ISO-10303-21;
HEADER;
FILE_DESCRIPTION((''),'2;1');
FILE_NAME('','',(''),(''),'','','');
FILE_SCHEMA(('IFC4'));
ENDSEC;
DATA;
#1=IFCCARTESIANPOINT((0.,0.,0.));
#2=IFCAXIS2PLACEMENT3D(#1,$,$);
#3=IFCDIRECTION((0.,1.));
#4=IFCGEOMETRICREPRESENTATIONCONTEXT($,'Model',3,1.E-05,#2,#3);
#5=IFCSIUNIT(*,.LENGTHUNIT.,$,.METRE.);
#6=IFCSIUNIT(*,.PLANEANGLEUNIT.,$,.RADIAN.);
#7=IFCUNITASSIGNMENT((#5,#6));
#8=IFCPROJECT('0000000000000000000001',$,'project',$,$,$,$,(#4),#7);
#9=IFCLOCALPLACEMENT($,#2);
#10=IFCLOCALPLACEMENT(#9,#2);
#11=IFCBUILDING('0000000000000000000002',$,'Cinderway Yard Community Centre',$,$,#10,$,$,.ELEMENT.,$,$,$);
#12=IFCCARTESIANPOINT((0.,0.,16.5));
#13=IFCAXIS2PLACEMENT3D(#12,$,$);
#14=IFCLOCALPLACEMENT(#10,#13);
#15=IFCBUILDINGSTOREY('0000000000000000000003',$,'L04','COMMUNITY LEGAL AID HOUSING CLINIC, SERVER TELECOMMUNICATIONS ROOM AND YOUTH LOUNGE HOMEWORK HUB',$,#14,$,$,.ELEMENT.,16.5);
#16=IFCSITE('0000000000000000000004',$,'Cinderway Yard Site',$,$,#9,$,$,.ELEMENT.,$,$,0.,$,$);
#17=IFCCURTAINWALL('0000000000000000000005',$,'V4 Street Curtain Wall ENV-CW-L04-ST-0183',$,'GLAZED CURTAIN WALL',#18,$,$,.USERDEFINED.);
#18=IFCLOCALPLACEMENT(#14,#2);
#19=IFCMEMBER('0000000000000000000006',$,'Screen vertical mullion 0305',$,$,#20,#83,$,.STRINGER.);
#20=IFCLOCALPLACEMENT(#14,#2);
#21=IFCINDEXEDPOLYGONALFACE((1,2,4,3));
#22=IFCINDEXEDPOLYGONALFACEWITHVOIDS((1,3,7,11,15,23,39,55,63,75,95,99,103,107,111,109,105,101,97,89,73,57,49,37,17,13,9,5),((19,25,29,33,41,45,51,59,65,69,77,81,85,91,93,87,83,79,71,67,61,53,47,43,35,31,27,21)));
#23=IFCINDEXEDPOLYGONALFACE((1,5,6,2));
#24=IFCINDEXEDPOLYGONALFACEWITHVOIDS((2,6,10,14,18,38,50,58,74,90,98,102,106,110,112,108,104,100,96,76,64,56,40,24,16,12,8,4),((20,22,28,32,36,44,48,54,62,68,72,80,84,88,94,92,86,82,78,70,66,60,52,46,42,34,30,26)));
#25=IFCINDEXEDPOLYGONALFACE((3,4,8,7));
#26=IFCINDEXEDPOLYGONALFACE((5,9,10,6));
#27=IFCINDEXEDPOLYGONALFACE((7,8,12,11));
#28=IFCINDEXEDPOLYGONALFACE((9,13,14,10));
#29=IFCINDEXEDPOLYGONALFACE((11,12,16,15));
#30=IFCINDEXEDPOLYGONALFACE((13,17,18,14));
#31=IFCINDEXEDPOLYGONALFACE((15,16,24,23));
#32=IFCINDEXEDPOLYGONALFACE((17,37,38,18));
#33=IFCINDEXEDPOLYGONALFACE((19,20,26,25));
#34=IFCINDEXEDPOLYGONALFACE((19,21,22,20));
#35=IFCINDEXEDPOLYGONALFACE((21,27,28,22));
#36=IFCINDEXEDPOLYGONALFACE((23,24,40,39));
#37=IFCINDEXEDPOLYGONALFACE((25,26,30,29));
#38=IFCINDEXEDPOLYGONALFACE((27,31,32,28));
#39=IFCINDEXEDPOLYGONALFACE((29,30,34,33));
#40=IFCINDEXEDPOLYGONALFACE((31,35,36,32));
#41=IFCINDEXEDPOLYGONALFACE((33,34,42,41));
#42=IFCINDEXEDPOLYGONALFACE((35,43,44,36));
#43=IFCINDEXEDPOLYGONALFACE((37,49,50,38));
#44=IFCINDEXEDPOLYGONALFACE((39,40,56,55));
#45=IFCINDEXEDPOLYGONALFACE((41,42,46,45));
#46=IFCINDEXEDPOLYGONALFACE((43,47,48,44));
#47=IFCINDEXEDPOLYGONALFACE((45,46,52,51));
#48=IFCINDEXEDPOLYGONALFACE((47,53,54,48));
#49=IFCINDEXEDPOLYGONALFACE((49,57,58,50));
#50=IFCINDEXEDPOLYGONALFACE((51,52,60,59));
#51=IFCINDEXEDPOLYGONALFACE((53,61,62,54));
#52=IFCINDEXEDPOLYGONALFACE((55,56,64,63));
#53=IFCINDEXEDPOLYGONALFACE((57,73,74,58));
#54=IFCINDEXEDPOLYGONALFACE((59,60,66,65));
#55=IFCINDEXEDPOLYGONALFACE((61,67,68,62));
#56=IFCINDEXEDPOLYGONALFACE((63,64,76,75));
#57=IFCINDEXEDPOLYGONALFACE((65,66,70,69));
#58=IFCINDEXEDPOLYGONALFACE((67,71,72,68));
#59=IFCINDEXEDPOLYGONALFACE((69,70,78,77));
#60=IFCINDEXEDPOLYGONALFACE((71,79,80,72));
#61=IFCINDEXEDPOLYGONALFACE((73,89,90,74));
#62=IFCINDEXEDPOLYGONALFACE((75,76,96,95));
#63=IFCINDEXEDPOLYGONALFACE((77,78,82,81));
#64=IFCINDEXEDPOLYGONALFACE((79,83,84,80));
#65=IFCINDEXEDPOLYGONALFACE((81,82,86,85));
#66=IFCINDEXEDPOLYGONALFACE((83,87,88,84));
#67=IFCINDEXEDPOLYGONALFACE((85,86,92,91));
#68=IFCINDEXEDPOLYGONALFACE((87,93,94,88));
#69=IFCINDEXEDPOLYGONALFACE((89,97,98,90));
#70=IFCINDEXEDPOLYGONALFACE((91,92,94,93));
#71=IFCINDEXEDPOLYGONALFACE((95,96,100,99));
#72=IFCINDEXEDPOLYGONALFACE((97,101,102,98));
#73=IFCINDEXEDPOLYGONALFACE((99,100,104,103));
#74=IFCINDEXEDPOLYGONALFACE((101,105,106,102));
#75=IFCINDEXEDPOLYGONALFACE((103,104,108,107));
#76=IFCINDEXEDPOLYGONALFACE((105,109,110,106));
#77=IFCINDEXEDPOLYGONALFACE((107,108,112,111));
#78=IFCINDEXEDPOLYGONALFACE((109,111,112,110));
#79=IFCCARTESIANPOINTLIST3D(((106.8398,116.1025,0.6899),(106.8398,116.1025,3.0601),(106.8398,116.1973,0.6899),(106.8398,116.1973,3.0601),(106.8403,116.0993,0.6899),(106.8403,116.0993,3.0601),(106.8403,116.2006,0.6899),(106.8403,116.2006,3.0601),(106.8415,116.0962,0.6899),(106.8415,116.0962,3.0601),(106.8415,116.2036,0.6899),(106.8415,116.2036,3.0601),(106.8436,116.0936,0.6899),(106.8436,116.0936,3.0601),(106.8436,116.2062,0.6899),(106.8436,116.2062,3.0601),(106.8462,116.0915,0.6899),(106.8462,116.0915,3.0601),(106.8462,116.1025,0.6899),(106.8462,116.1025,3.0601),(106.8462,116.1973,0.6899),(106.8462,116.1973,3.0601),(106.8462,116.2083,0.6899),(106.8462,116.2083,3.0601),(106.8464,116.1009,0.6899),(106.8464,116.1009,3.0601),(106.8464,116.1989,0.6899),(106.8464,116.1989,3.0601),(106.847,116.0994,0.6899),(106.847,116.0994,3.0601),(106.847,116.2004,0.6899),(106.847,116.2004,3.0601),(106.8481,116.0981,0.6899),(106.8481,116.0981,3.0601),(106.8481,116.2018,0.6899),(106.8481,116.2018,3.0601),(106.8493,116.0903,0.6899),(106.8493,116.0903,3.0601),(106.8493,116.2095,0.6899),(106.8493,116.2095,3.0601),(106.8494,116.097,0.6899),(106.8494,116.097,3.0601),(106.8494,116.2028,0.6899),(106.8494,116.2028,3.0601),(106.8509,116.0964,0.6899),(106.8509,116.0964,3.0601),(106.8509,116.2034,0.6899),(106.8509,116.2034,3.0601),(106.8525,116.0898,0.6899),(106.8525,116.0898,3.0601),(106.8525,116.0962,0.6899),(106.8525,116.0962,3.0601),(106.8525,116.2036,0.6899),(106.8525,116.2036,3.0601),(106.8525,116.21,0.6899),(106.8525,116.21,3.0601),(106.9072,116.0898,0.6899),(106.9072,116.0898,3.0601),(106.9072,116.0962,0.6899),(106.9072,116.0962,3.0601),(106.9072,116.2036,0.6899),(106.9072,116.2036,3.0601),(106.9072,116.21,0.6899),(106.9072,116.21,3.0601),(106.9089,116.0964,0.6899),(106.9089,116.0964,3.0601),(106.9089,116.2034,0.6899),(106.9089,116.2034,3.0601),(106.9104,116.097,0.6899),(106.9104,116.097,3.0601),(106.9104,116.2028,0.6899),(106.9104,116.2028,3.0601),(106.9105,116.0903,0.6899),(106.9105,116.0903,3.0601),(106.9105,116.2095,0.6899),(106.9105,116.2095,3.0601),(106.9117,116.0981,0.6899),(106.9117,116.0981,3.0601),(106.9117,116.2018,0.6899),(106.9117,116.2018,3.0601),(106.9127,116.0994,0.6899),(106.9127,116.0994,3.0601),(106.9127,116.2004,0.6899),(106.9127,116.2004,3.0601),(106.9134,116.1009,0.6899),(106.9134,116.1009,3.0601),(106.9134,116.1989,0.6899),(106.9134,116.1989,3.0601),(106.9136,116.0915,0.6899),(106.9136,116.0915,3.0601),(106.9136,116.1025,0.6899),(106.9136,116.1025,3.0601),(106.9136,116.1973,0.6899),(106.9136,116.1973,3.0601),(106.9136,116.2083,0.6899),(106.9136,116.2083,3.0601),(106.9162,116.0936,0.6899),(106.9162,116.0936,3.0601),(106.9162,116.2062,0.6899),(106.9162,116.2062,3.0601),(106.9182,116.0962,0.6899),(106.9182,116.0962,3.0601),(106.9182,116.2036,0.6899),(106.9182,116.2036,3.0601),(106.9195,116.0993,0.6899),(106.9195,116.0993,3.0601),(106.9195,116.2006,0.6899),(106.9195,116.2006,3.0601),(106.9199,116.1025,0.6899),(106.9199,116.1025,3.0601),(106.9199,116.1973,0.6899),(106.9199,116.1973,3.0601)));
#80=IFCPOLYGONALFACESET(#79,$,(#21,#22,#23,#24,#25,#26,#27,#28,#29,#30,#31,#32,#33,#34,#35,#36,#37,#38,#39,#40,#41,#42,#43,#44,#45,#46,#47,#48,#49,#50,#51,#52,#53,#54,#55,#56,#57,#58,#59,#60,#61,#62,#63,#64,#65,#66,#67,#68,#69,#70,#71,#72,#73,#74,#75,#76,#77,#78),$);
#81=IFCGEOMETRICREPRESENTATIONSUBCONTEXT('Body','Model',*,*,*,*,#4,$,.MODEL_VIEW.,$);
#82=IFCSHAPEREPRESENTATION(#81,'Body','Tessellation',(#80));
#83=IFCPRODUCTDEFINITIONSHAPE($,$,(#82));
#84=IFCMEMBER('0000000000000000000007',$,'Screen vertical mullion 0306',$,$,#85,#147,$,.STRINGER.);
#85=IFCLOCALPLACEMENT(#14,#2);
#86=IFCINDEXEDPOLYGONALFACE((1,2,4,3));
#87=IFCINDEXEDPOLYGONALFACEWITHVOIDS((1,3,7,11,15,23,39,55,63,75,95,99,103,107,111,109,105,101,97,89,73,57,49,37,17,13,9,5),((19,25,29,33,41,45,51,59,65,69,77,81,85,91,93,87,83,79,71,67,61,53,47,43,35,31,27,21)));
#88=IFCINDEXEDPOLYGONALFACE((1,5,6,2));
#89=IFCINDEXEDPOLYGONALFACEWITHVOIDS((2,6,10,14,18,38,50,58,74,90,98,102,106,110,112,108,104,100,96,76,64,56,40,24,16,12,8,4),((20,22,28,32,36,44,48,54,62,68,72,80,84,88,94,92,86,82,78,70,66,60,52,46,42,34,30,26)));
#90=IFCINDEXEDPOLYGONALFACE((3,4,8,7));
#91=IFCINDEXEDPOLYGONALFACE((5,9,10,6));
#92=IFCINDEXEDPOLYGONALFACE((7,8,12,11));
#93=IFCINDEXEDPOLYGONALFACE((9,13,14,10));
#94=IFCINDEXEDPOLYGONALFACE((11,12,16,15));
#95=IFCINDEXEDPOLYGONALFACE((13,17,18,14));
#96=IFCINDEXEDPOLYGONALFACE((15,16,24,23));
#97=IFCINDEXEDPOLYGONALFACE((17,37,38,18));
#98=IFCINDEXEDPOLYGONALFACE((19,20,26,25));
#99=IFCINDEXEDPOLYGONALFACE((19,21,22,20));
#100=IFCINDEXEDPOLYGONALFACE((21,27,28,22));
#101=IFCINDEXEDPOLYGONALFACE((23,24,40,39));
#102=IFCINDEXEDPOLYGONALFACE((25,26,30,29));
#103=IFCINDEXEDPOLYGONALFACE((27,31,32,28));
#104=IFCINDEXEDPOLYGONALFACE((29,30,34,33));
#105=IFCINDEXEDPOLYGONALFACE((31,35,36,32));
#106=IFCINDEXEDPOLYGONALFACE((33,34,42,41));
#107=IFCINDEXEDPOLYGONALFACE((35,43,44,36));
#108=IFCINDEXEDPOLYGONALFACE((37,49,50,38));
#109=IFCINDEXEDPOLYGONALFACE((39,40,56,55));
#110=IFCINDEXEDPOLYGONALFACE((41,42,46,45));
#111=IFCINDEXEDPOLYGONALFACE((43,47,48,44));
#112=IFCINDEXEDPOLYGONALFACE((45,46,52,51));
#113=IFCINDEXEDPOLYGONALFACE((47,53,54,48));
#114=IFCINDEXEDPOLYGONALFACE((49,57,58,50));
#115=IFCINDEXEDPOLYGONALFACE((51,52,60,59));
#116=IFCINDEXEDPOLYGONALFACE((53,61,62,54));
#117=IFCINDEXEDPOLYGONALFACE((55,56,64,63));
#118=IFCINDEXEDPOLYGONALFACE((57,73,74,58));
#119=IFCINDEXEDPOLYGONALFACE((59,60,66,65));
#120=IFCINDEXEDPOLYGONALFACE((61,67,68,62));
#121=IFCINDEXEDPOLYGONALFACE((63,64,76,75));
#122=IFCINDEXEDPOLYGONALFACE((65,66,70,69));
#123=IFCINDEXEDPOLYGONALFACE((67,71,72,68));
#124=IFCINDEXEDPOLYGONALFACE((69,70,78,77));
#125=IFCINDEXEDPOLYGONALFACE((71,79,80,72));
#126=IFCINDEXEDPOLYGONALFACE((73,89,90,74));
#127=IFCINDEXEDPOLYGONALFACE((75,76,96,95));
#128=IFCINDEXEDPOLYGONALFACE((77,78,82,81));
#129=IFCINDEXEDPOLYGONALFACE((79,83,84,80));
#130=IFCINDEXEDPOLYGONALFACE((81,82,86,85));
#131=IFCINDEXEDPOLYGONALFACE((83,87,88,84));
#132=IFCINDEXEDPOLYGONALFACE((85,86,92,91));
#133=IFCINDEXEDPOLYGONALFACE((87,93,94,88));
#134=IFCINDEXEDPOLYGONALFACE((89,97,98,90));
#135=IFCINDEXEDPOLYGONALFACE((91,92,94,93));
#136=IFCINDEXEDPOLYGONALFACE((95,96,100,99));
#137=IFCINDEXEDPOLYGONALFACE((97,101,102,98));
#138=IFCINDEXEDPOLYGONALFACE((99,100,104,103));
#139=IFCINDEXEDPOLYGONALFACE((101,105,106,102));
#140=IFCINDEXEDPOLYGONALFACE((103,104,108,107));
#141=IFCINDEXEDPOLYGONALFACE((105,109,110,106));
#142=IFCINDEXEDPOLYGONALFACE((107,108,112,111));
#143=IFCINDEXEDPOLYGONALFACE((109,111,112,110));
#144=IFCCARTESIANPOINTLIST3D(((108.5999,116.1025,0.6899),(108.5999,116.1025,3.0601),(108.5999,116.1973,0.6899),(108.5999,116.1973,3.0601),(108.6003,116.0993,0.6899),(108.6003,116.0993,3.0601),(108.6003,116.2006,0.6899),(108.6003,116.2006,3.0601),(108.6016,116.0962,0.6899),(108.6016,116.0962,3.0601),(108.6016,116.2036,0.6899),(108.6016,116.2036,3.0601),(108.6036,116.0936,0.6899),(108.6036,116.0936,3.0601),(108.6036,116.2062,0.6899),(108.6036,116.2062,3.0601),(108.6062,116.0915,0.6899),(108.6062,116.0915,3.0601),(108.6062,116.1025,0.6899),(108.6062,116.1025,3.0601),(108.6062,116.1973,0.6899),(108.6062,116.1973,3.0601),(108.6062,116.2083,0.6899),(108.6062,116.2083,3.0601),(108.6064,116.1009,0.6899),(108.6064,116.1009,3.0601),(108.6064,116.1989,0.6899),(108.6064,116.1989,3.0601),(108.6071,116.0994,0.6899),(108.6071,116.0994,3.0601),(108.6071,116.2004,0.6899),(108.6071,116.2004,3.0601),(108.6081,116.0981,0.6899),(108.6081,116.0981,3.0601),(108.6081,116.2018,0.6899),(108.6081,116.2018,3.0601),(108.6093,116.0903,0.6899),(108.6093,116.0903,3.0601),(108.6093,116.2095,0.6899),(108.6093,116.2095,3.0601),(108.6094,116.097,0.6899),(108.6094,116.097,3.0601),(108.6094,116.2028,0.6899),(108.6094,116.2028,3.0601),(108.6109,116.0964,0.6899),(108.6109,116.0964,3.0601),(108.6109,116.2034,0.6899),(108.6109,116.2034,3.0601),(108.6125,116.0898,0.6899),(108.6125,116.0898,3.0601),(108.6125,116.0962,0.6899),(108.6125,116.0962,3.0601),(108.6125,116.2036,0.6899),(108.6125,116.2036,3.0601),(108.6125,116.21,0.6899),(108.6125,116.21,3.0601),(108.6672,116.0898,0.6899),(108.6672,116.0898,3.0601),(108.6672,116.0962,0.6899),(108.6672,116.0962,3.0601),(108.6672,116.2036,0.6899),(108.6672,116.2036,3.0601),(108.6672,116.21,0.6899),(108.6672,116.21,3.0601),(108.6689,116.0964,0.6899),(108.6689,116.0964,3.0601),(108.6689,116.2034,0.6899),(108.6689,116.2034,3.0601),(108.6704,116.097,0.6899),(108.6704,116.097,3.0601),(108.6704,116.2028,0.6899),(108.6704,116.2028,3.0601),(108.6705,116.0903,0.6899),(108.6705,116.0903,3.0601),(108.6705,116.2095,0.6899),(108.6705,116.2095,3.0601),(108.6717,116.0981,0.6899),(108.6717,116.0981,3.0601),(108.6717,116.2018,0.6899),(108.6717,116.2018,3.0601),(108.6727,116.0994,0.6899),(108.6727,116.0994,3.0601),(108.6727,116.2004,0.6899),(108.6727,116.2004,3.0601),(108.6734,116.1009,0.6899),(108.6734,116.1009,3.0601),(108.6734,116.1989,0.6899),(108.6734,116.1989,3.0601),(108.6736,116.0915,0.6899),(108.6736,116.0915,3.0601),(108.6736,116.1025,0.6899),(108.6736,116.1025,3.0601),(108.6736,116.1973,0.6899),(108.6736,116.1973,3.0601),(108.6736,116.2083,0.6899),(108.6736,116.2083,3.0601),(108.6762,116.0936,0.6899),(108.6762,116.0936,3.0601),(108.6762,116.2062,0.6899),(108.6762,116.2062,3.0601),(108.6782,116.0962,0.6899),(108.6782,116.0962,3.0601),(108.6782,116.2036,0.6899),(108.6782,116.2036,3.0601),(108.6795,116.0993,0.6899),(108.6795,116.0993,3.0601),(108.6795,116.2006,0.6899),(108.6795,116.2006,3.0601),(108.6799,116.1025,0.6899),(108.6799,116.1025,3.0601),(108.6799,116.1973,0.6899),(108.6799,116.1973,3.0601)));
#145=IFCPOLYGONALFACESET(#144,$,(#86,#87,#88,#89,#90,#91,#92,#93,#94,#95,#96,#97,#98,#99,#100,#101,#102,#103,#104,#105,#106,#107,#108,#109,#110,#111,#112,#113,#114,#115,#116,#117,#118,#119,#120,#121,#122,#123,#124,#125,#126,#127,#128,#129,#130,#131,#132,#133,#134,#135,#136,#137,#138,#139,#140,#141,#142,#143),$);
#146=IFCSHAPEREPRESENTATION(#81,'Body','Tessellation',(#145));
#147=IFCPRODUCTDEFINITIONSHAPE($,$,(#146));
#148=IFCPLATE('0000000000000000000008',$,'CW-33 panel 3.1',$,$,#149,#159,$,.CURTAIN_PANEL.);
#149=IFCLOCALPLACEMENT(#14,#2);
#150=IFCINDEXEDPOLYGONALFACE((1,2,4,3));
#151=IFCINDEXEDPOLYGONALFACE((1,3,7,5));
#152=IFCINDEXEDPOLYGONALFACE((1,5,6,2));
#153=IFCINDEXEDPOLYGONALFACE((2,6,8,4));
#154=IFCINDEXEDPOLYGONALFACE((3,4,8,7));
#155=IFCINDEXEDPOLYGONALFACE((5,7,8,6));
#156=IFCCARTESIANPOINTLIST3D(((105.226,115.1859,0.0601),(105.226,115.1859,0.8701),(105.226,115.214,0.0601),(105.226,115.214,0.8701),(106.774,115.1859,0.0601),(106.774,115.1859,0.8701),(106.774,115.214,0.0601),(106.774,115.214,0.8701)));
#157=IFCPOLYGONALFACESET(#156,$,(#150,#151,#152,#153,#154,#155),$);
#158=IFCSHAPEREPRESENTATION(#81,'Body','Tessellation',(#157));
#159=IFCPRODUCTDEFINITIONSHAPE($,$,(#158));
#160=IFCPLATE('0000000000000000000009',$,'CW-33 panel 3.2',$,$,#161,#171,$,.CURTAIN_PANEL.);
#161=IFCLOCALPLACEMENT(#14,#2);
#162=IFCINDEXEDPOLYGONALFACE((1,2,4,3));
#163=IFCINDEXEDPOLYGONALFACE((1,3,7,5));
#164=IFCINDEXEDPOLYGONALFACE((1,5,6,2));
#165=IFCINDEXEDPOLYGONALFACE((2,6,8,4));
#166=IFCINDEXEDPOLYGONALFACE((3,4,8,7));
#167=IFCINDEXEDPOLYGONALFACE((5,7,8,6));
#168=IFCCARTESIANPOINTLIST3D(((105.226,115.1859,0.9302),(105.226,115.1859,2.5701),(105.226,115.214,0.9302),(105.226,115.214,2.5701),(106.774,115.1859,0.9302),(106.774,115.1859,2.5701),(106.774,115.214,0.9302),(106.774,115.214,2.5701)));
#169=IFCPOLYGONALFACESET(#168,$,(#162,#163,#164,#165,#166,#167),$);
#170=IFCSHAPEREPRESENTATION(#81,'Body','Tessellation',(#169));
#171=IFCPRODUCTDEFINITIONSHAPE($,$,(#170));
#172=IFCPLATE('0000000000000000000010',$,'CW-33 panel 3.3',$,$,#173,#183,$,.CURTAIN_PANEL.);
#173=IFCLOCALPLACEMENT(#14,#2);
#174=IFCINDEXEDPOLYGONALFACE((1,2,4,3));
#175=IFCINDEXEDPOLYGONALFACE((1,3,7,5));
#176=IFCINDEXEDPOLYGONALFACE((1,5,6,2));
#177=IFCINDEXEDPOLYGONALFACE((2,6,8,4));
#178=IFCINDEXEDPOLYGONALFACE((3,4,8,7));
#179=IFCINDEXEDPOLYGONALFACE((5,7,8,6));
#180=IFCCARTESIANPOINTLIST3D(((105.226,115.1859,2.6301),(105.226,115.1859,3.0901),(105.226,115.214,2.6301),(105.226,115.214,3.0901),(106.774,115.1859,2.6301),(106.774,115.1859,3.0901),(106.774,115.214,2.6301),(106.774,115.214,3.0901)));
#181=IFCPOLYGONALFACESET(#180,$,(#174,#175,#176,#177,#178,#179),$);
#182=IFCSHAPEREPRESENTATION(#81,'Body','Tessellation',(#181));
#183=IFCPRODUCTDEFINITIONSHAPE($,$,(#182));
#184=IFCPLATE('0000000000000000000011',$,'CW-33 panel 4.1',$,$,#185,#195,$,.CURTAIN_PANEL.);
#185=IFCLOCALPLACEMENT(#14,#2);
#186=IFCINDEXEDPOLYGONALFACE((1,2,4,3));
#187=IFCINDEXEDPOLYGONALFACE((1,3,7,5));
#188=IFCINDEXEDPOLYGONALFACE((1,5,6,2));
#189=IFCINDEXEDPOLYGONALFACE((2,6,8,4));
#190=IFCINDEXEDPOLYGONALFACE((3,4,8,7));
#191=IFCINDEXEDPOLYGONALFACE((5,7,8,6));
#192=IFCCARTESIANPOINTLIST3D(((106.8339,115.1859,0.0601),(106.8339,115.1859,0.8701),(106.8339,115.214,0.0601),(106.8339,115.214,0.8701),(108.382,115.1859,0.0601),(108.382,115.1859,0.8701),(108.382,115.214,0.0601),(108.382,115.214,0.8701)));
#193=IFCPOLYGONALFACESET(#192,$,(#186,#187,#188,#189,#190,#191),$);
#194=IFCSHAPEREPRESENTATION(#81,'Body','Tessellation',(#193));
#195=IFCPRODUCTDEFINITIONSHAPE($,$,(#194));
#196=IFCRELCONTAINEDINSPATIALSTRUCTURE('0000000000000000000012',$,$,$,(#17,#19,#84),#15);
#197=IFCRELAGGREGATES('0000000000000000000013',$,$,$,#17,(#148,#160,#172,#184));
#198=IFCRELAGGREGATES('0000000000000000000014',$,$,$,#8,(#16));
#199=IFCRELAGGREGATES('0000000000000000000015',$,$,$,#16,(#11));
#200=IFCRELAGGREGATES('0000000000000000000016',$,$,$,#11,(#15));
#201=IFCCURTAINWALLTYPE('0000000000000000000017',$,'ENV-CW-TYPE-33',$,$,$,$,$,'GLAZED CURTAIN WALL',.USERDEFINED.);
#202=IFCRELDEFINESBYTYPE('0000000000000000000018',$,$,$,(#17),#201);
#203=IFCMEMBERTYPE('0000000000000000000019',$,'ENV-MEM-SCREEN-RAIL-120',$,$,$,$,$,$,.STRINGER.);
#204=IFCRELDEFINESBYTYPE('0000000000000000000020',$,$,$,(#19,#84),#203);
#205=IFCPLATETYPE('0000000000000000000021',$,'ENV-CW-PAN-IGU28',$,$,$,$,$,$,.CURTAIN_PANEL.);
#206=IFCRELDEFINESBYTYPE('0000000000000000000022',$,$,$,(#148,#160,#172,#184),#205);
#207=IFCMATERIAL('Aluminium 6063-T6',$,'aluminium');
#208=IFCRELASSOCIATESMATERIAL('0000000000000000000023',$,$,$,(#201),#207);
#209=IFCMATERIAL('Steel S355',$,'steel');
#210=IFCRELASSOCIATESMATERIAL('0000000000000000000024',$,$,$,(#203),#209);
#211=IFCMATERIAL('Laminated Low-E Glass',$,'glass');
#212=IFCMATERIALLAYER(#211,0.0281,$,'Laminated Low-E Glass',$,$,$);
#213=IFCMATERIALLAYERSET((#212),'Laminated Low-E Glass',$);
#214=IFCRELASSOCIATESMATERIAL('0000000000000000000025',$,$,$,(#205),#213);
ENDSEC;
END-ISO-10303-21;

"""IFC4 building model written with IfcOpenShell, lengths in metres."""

from ifc_helpers import new_model, si_unit, direction, frame, origin, origin_2d, place, context, subcontext, project, spatial, rectangle, hollow_rectangle, extrude, material, layer, layer_set, material_profile, profile_set, type_object, element, aggregate, save


model = new_model("IFC4")

# Units and contexts
model_context = context("Model", 3, precision=1e-05, world=origin(), true_north=direction((0.0, 1.0)))
body_context = subcontext(model_context, "Body", "Model", "MODEL_VIEW")
ifc_project = project(units=[si_unit("LENGTHUNIT", "METRE"), si_unit("PLANEANGLEUNIT", "RADIAN")], contexts=[model_context])

# Site, building, storey
site_placement = place(None, origin())
site = spatial("IfcSite", under=ifc_project, at=site_placement, Name="Cinderway Yard Site", CompositionType="ELEMENT", RefElevation=0.0)
building_placement = place(site_placement, origin())
building = spatial("IfcBuilding", under=site, at=building_placement, Name="Cinderway Yard Community Centre", CompositionType="ELEMENT")
storey_placement = place(building_placement, frame((0.0, 0.0, 16.5)))
storey = spatial("IfcBuildingStorey", under=building, at=storey_placement, Name="L04", Description="COMMUNITY LEGAL AID HOUSING CLINIC, SERVER TELECOMMUNICATIONS ROOM AND YOUTH LOUNGE HOMEWORK HUB", CompositionType="ELEMENT", Elevation=16.5)

# Curtain wall
ifc_material_1 = material(Name="Aluminium 6063-T6", Category="aluminium")
curtain_wall_type = type_object("IfcCurtainWallType", Name="ENV-CW-TYPE-33", ElementType="GLAZED CURTAIN WALL", PredefinedType="USERDEFINED", material=ifc_material_1)
curtain_wall_placement = place(storey_placement, origin())
curtain_wall = element("IfcCurtainWall", 1, at=curtain_wall_placement, inside=storey, type_object=curtain_wall_type, Name="V4 Street Curtain Wall ENV-CW-L04-ST-0183", ObjectType="GLAZED CURTAIN WALL", PredefinedType="USERDEFINED")

# Members
ifc_material_2 = material(Name="Steel S355", Category="steel")
ifc_material_profile_1 = material_profile(ifc_material_2, hollow_rectangle(XDim=0.0801, YDim=0.1201, WallThickness=0.0063, InnerFilletRadius=0.0063, OuterFilletRadius=0.0127, at=origin_2d()), Name="Steel S355")
ifc_profile_set_1 = profile_set([ifc_material_profile_1], Name="Steel S355")
member_type_1 = type_object("IfcMemberType", Name="ENV-MEM-SCREEN-RAIL-120", PredefinedType="STRINGER", material=ifc_profile_set_1)
for number, where, z_axis, x_axis, name in (
    (2, (106.8799, 116.1499, 0.6899), (0.0, 0.0, 1.0), (1.0, 0.0, 0.0), "Screen vertical mullion 0305"),
    (3, (108.6399, 116.1499, 0.6899), (0.0, 0.0, 1.0), (1.0, 0.0, 0.0), "Screen vertical mullion 0306"),
):
    element("IfcMember", number, at=place(storey_placement, frame(where, z_axis=z_axis, x_axis=x_axis)), inside=storey, type_object=member_type_1, Name=name, PredefinedType="STRINGER", context=body_context, shape_type="SweptSolid", body=[
        extrude(hollow_rectangle(XDim=0.0801, YDim=0.1201, WallThickness=0.0063, InnerFilletRadius=0.0063, OuterFilletRadius=0.0127, at=origin_2d()), origin(), (0.0, 0.0, 1.0), 2.3701),
    ])

# Plates
ifc_material_3 = material(Name="Laminated Low-E Glass", Category="glass")
ifc_layer_1 = layer(ifc_material_3, 0.0281, Name="Laminated Low-E Glass")
ifc_layer_set_1 = layer_set([ifc_layer_1], Name="Laminated Low-E Glass")
plate_type_1 = type_object("IfcPlateType", Name="ENV-CW-PAN-IGU28", PredefinedType="CURTAIN_PANEL", material=ifc_layer_set_1)
plate_1_placement = place(storey_placement, frame((106.0, 115.2, 0.0601), z_axis=(0.0, 0.0, 1.0), x_axis=(1.0, 0.0, 0.0)))
plate_1 = element("IfcPlate", 4, at=plate_1_placement, type_object=plate_type_1, Name="CW-33 panel 3.1", PredefinedType="CURTAIN_PANEL", context=body_context, shape_type="SweptSolid", body=[
    extrude(rectangle(XDim=1.5481, YDim=0.0281, at=origin_2d()), origin(), (0.0, 0.0, 1.0), 0.8101),
])
plate_2_placement = place(storey_placement, frame((106.0, 115.2, 0.9302), z_axis=(0.0, 0.0, 1.0), x_axis=(1.0, 0.0, 0.0)))
plate_2 = element("IfcPlate", 5, at=plate_2_placement, type_object=plate_type_1, Name="CW-33 panel 3.2", PredefinedType="CURTAIN_PANEL", context=body_context, shape_type="SweptSolid", body=[
    extrude(rectangle(XDim=1.5481, YDim=0.0281, at=origin_2d()), origin(), (0.0, 0.0, 1.0), 1.6399),
])
plate_3_placement = place(storey_placement, frame((106.0, 115.2, 2.6301), z_axis=(0.0, 0.0, 1.0), x_axis=(1.0, 0.0, 0.0)))
plate_3 = element("IfcPlate", 6, at=plate_3_placement, type_object=plate_type_1, Name="CW-33 panel 3.3", PredefinedType="CURTAIN_PANEL", context=body_context, shape_type="SweptSolid", body=[
    extrude(rectangle(XDim=1.5481, YDim=0.0281, at=origin_2d()), origin(), (0.0, 0.0, 1.0), 0.46),
])
plate_4_placement = place(storey_placement, frame((107.6079, 115.2, 0.0601), z_axis=(0.0, 0.0, 1.0), x_axis=(1.0, 0.0, 0.0)))
plate_4 = element("IfcPlate", 7, at=plate_4_placement, type_object=plate_type_1, Name="CW-33 panel 4.1", PredefinedType="CURTAIN_PANEL", context=body_context, shape_type="SweptSolid", body=[
    extrude(rectangle(XDim=1.5481, YDim=0.0281, at=origin_2d()), origin(), (0.0, 0.0, 1.0), 0.8101),
])
aggregate(curtain_wall, [plate_1, plate_2, plate_3, plate_4])

save(model, "model.ifc")
